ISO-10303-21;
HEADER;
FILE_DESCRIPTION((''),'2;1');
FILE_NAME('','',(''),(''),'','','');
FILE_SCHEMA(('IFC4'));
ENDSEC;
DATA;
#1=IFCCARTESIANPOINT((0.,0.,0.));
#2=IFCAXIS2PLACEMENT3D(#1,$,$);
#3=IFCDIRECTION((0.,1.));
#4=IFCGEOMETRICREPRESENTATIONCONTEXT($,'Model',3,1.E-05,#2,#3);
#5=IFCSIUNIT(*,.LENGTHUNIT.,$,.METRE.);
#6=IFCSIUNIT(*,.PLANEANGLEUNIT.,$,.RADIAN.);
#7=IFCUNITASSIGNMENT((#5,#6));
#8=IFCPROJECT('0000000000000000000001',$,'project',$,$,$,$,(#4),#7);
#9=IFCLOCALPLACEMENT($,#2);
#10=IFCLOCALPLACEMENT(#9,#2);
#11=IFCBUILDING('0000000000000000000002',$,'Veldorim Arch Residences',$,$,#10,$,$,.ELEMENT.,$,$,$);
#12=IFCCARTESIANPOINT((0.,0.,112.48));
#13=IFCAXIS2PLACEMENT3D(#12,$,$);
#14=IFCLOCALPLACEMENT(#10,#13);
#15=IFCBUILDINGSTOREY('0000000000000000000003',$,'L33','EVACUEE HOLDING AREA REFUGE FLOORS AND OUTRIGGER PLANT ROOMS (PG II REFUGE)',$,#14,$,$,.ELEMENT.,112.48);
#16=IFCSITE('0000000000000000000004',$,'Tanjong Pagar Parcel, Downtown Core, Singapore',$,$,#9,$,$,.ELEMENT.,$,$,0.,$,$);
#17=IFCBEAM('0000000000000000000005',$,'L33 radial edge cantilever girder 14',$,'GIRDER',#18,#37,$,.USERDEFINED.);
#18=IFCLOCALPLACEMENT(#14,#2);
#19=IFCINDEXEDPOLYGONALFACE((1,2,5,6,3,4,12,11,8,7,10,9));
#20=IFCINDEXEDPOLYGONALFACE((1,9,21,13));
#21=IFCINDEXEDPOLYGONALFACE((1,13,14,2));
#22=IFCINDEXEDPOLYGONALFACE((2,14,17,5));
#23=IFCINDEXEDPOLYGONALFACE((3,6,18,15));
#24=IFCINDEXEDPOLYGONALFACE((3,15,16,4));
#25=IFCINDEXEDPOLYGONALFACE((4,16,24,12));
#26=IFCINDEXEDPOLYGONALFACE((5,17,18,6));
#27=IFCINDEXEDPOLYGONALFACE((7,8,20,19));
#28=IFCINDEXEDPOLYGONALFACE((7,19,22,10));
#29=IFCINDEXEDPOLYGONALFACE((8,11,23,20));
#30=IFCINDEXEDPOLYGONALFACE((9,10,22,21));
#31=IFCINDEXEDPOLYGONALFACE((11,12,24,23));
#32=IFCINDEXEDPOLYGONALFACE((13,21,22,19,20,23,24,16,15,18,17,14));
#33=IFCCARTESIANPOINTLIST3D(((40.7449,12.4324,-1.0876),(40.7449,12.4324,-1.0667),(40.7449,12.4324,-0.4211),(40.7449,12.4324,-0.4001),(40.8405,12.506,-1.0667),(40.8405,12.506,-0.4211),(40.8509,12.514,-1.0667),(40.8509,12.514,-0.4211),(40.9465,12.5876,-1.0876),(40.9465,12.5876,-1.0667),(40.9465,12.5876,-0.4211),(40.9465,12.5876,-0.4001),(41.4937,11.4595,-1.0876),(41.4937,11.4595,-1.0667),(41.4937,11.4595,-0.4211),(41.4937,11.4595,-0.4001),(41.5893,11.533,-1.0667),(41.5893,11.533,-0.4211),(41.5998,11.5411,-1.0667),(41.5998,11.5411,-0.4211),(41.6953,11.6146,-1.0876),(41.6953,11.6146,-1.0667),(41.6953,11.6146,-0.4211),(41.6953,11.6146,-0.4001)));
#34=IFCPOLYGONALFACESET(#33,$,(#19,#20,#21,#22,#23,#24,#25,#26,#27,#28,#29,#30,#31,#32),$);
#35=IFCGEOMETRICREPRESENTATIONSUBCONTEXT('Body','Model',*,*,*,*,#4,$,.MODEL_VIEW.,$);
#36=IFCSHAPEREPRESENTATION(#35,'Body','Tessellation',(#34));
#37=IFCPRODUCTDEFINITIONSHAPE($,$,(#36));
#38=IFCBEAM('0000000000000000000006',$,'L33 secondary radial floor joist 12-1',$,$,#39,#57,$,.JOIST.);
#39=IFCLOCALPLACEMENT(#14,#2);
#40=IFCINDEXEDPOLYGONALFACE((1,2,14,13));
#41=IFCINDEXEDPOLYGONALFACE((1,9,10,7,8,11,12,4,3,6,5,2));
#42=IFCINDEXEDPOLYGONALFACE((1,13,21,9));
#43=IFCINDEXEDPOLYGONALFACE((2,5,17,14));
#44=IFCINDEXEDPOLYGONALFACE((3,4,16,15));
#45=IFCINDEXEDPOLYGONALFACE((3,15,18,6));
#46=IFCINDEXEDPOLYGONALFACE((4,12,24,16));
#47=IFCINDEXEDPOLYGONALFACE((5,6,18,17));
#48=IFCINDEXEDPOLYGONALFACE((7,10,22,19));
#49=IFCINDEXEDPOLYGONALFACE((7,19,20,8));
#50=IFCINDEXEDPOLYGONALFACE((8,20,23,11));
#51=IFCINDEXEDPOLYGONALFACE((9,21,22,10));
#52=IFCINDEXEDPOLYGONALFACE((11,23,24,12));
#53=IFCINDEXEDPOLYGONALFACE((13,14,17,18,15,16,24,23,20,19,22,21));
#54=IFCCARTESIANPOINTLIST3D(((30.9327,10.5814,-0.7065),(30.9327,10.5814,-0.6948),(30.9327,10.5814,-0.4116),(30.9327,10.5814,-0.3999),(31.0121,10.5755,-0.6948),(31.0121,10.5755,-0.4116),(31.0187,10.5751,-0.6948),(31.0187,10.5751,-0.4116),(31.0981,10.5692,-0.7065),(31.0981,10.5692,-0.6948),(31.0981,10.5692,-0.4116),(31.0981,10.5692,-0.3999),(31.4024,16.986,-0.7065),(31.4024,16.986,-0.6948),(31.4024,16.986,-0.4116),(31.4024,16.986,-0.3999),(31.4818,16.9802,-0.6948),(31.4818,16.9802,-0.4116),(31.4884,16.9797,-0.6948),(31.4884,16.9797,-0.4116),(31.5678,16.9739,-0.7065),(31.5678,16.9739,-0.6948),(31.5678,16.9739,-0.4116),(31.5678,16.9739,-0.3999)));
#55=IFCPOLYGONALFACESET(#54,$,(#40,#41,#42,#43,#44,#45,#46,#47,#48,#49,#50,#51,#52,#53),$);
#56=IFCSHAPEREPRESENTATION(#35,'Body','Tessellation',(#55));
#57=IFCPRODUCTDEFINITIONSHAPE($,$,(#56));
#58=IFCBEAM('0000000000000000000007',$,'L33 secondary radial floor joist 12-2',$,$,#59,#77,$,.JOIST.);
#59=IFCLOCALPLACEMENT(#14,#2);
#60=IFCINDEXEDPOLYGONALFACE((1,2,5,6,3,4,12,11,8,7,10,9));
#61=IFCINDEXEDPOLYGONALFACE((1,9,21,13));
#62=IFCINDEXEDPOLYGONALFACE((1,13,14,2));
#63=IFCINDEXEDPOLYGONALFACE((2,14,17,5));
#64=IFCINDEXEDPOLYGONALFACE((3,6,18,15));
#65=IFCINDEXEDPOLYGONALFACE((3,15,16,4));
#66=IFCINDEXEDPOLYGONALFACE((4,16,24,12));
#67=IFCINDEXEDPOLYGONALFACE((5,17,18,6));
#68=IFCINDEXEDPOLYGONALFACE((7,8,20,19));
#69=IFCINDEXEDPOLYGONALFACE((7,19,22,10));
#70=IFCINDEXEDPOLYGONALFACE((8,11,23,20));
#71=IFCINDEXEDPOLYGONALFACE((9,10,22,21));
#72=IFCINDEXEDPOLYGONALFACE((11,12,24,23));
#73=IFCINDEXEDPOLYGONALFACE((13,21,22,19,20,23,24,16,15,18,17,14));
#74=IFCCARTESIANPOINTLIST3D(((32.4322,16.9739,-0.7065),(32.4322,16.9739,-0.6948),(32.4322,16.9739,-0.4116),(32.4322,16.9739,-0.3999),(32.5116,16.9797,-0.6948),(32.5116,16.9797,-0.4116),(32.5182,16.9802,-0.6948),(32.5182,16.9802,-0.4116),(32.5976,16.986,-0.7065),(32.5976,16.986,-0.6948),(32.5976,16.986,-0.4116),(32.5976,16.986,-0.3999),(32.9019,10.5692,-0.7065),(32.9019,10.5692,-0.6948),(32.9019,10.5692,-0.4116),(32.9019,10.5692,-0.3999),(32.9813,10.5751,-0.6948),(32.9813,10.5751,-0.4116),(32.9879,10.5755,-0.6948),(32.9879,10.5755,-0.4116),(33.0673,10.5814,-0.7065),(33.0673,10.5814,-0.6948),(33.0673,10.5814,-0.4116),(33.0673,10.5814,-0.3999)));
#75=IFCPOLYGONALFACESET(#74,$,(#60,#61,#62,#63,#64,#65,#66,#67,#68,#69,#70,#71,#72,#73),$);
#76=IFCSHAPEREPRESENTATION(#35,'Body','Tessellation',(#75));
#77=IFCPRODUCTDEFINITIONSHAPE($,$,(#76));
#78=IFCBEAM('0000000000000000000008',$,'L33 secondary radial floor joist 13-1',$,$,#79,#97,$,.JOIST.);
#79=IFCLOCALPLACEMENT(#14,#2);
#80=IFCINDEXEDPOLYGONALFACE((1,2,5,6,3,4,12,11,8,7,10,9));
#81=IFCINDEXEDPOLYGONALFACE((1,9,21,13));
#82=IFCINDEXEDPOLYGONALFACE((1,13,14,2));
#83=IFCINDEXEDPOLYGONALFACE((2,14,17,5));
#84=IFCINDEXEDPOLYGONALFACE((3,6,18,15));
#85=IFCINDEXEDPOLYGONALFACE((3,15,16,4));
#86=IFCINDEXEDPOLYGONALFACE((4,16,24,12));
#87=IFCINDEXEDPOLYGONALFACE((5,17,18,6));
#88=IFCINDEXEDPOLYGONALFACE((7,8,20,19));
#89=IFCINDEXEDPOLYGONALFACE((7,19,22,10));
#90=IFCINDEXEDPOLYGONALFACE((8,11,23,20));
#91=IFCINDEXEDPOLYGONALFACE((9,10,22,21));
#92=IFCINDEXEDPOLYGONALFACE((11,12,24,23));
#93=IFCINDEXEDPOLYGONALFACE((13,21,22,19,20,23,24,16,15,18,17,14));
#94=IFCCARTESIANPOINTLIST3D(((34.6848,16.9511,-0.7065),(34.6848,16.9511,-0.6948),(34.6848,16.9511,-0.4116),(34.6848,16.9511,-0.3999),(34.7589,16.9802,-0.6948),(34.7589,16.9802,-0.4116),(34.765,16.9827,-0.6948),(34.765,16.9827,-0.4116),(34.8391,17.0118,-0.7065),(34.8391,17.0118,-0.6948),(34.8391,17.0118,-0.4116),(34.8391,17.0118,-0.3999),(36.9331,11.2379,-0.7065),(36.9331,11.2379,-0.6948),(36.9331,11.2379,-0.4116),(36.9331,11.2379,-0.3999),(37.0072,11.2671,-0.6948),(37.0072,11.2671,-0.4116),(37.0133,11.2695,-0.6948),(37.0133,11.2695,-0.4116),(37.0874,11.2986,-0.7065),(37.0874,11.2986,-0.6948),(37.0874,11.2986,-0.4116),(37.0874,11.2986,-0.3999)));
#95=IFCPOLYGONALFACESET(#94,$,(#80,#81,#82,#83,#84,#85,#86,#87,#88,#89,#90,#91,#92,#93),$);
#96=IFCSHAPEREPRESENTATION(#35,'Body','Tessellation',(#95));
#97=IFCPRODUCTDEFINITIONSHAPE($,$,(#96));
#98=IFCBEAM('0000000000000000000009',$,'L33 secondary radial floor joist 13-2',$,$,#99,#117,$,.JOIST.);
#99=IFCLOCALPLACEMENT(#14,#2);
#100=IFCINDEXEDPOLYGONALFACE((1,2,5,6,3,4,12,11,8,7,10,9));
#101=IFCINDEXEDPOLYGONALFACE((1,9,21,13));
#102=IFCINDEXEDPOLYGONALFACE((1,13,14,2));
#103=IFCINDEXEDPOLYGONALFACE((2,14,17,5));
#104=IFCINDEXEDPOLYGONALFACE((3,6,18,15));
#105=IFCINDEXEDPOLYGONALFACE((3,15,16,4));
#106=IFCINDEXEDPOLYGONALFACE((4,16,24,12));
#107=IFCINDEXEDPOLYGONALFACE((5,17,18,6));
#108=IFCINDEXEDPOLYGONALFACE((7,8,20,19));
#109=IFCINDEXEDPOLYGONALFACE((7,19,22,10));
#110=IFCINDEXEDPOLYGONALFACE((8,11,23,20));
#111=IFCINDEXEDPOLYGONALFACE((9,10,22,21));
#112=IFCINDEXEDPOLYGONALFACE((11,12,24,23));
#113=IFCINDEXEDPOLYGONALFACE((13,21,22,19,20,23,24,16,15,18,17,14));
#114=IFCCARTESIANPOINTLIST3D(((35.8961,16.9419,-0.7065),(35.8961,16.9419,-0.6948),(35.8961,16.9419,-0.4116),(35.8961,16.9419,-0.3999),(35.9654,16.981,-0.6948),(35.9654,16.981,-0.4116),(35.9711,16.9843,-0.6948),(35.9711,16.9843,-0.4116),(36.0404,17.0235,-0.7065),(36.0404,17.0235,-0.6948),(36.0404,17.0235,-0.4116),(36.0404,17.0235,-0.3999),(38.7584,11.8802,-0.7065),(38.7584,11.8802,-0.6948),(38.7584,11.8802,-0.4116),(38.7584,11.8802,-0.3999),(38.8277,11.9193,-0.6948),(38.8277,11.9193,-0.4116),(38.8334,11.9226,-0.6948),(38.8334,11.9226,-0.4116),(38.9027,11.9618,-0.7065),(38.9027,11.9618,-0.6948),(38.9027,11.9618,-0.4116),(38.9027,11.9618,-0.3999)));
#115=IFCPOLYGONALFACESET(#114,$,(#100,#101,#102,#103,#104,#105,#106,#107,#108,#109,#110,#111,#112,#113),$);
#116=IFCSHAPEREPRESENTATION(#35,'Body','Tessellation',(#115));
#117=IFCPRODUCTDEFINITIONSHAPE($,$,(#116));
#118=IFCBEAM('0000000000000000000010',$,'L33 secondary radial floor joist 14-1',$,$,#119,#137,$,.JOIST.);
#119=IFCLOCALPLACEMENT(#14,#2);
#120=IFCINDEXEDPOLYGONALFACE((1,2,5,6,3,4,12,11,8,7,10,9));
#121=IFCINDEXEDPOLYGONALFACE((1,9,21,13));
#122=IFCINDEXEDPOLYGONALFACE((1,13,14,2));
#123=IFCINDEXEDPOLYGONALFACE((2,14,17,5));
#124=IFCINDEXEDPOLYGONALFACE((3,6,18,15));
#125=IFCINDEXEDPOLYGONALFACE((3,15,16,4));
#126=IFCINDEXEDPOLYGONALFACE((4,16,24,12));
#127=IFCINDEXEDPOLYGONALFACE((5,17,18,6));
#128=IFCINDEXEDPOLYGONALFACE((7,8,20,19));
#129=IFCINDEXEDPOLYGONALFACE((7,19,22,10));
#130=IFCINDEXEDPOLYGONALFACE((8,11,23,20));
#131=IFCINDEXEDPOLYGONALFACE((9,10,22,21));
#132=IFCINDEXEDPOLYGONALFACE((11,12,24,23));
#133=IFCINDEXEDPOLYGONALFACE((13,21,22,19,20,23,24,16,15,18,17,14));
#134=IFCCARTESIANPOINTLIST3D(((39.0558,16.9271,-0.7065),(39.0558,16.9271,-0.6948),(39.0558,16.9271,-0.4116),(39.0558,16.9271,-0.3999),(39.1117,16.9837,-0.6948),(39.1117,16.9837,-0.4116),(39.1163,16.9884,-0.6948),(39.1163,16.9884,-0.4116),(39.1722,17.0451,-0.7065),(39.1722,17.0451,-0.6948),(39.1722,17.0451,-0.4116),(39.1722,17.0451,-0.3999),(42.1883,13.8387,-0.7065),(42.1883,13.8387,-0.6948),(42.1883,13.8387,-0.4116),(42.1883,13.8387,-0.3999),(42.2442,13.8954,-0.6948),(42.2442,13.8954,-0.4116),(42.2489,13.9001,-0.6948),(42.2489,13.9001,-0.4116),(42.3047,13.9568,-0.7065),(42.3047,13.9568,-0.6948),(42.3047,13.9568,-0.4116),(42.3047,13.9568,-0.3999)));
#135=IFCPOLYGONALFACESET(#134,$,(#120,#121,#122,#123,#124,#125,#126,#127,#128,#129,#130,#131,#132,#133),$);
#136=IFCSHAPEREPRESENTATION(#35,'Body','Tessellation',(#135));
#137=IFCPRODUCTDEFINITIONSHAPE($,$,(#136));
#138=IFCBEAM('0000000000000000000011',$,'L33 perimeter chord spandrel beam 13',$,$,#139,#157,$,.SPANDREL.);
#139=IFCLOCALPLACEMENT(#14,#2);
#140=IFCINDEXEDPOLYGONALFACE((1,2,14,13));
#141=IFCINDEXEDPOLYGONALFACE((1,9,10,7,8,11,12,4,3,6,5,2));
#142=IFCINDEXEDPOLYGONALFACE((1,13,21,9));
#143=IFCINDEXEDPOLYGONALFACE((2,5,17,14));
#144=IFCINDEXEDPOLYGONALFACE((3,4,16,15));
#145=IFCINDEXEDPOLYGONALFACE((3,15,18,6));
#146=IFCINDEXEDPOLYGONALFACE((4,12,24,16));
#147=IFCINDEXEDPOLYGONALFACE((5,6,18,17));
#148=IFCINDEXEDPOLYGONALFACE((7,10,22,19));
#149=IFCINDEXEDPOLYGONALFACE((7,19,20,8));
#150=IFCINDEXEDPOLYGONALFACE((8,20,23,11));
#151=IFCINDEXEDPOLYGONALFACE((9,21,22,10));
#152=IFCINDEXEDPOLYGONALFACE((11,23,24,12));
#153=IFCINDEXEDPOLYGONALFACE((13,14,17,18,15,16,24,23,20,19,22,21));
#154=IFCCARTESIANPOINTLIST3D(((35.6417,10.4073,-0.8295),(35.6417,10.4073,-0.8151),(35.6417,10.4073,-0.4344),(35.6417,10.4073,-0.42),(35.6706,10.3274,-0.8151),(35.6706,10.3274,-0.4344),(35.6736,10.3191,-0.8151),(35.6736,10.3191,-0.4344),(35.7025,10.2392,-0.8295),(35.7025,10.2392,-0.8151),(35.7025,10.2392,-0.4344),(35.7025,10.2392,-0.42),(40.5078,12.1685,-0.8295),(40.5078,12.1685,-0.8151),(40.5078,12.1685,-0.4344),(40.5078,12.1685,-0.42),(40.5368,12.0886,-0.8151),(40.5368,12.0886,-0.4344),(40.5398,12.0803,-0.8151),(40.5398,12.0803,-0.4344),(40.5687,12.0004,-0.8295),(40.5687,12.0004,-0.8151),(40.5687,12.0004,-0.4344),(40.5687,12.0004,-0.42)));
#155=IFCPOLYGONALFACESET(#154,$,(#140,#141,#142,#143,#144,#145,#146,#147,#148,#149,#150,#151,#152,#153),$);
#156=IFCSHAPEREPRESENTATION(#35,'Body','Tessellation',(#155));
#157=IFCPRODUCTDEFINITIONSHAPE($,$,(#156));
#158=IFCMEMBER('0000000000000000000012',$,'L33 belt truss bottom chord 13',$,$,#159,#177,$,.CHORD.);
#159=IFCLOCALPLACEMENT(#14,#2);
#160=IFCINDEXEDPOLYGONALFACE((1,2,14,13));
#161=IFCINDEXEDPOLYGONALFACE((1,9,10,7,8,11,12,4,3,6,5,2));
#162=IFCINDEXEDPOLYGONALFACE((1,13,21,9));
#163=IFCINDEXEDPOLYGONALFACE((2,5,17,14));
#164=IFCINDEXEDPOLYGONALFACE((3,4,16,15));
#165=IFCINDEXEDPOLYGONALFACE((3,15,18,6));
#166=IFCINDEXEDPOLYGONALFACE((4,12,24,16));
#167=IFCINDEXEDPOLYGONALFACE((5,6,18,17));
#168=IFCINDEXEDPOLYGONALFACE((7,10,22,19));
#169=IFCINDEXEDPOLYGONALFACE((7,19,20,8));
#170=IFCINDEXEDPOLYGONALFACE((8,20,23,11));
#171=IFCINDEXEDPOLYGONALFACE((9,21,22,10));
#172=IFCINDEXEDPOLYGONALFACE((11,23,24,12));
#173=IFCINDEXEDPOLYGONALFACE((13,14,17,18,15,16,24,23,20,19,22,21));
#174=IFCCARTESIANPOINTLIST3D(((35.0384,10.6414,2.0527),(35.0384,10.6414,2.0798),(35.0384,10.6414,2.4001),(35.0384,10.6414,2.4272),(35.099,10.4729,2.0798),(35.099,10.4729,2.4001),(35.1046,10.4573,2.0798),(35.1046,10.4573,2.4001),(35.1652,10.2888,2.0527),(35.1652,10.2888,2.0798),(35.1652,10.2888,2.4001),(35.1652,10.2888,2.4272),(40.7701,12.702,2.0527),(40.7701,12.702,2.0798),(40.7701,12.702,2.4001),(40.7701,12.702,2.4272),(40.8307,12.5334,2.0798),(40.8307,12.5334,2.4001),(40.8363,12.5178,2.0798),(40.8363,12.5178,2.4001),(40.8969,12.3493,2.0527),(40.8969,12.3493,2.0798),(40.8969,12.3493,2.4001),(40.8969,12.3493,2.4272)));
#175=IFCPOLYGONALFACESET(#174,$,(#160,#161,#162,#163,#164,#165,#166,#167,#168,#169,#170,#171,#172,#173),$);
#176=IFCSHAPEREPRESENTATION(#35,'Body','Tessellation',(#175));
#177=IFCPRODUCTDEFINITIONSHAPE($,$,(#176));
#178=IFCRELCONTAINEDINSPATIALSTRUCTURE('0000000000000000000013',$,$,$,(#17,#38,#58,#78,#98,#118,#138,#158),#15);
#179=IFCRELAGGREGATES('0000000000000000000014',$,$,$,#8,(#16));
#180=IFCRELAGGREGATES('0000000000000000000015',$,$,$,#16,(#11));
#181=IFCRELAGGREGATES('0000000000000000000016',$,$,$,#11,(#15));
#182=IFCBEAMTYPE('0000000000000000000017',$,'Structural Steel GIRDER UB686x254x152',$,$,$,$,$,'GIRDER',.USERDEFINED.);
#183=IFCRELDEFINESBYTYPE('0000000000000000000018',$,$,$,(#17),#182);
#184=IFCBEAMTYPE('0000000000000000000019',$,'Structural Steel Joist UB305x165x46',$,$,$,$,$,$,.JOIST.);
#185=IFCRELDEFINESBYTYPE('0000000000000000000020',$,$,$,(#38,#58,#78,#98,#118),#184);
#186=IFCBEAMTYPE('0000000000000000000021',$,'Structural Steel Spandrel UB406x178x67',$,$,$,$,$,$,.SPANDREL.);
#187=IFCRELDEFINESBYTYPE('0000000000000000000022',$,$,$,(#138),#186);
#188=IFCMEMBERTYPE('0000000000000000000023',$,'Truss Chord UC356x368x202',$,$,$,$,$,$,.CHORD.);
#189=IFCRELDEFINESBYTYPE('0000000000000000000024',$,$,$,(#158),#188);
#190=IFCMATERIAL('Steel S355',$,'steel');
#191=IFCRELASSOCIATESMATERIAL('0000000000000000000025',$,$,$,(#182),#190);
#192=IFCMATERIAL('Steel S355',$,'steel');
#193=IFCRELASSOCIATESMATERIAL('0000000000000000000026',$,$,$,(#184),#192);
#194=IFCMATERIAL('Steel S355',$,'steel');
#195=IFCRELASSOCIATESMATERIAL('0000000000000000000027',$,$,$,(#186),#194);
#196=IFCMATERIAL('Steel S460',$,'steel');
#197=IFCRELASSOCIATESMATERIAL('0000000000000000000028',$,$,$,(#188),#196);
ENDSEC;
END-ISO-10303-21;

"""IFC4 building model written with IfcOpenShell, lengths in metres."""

from ifc_helpers import new_model, si_unit, direction, frame, origin, origin_2d, place, context, subcontext, project, spatial, i_section, extrude, material, material_profile, profile_set, type_object, element, save


model = new_model("IFC4")

# Units and contexts
model_context = context("Model", 3, precision=1e-05, world=origin(), true_north=direction((0.0, 1.0)))
body_context = subcontext(model_context, "Body", "Model", "MODEL_VIEW")
ifc_project = project(units=[si_unit("LENGTHUNIT", "METRE"), si_unit("PLANEANGLEUNIT", "RADIAN")], contexts=[model_context])

# Site, building, storey
site_placement = place(None, origin())
site = spatial("IfcSite", under=ifc_project, at=site_placement, Name="Tanjong Pagar Parcel, Downtown Core, Singapore", CompositionType="ELEMENT", RefElevation=0.0)
building_placement = place(site_placement, origin())
building = spatial("IfcBuilding", under=site, at=building_placement, Name="Veldorim Arch Residences", CompositionType="ELEMENT")
storey_placement = place(building_placement, frame((0.0, 0.0, 112.48)))
storey = spatial("IfcBuildingStorey", under=building, at=storey_placement, Name="L33", Description="EVACUEE HOLDING AREA REFUGE FLOORS AND OUTRIGGER PLANT ROOMS (PG II REFUGE)", CompositionType="ELEMENT", Elevation=112.48)

# Beams
ifc_material_1 = material(Name="Steel S355", Category="steel")
ifc_material_profile_1 = material_profile(ifc_material_1, i_section(OverallWidth=0.2544, OverallDepth=0.6875, WebThickness=0.0132, FlangeThickness=0.021, at=origin_2d()), Name="UB686x254x152")
ifc_profile_set_1 = profile_set([ifc_material_profile_1], Name="Steel S355")
beam_type_1 = type_object("IfcBeamType", Name="Structural Steel GIRDER UB686x254x152", ElementType="GIRDER", PredefinedType="USERDEFINED", material=ifc_profile_set_1)
beam_1_placement = place(storey_placement, frame((40.8457, 12.51, -0.7439), z_axis=(0.609913, -0.792469, 0.0), x_axis=(0.792469, 0.609913, 0.0)))
element("IfcBeam", 1, at=beam_1_placement, inside=storey, type_object=beam_type_1, Name="L33 radial edge cantilever girder 14", ObjectType="GIRDER", PredefinedType="USERDEFINED", context=body_context, shape_type="SweptSolid", body=[
    extrude(i_section(OverallWidth=0.2544, OverallDepth=0.6875, WebThickness=0.0132, FlangeThickness=0.021, at=origin_2d()), origin(), (0.0, 0.0, 1.0), 1.2278),
])
ifc_material_2 = material(Name="Steel S355", Category="steel")
ifc_material_profile_2 = material_profile(ifc_material_2, i_section(OverallWidth=0.1658, OverallDepth=0.3066, WebThickness=0.0066, FlangeThickness=0.0117, at=origin_2d()), Name="UB305x165x46")
ifc_profile_set_2 = profile_set([ifc_material_profile_2], Name="Steel S355")
beam_type_2 = type_object("IfcBeamType", Name="Structural Steel Joist UB305x165x46", PredefinedType="JOIST", material=ifc_profile_set_2)
for number, where, z_axis, x_axis, name in (
    (2, (31.4851, 16.98, -0.5532), (-0.073143, -0.997321, 0.0), (0.997321, -0.073143, 0.0), "L33 secondary radial floor joist 12-1"),
    (3, (32.5149, 16.98, -0.5532), (0.073143, -0.997321, 0.0), (0.997321, 0.073143, 0.0), "L33 secondary radial floor joist 12-2"),
):
    element("IfcBeam", number, at=place(storey_placement, frame(where, z_axis=z_axis, x_axis=x_axis)), inside=storey, type_object=beam_type_2, Name=name, PredefinedType="JOIST", context=body_context, shape_type="SweptSolid", body=[
        extrude(i_section(OverallWidth=0.1658, OverallDepth=0.3066, WebThickness=0.0066, FlangeThickness=0.0117, at=origin_2d()), origin(), (0.0, 0.0, 1.0), 6.4219),
    ])
beam_2_placement = place(storey_placement, frame((34.762, 16.9814, -0.5532), z_axis=(0.366195, -0.930538, 0.0), x_axis=(0.930538, 0.366195, 0.0)))
element("IfcBeam", 4, at=beam_2_placement, inside=storey, type_object=beam_type_2, Name="L33 secondary radial floor joist 13-1", PredefinedType="JOIST", context=body_context, shape_type="SweptSolid", body=[
    extrude(i_section(OverallWidth=0.1658, OverallDepth=0.3066, WebThickness=0.0066, FlangeThickness=0.0117, at=origin_2d()), origin(), (0.0, 0.0, 1.0), 6.1396),
])
beam_3_placement = place(storey_placement, frame((35.9683, 16.9827, -0.5532), z_axis=(0.492227, -0.870467, 0.0), x_axis=(0.870467, 0.492227, 0.0)))
element("IfcBeam", 5, at=beam_3_placement, inside=storey, type_object=beam_type_2, Name="L33 secondary radial floor joist 13-2", PredefinedType="JOIST", context=body_context, shape_type="SweptSolid", body=[
    extrude(i_section(OverallWidth=0.1658, OverallDepth=0.3066, WebThickness=0.0066, FlangeThickness=0.0117, at=origin_2d()), origin(), (0.0, 0.0, 1.0), 5.8149),
])
beam_4_placement = place(storey_placement, frame((39.114, 16.9861, -0.5532), z_axis=(0.712112, -0.702066, 0.0), x_axis=(0.702066, 0.712112, 0.0)))
element("IfcBeam", 6, at=beam_4_placement, inside=storey, type_object=beam_type_2, Name="L33 secondary radial floor joist 14-1", PredefinedType="JOIST", context=body_context, shape_type="SweptSolid", body=[
    extrude(i_section(OverallWidth=0.1658, OverallDepth=0.3066, WebThickness=0.0066, FlangeThickness=0.0117, at=origin_2d()), origin(), (0.0, 0.0, 1.0), 4.3989),
])
ifc_material_3 = material(Name="Steel S355", Category="steel")
ifc_material_profile_3 = material_profile(ifc_material_3, i_section(OverallWidth=0.1787, OverallDepth=0.4094, WebThickness=0.0088, FlangeThickness=0.0144, at=origin_2d()), Name="UB406x178x67")
ifc_profile_set_3 = profile_set([ifc_material_profile_3], Name="Steel S355")
beam_type_3 = type_object("IfcBeamType", Name="Structural Steel Spandrel UB406x178x67", PredefinedType="SPANDREL", material=ifc_profile_set_3)
beam_5_placement = place(storey_placement, frame((35.6721, 10.3232, -0.6248), z_axis=(0.940308, 0.340326, 0.0), x_axis=(-0.340326, 0.940308, 0.0)))
element("IfcBeam", 7, at=beam_5_placement, inside=storey, type_object=beam_type_3, Name="L33 perimeter chord spandrel beam 13", PredefinedType="SPANDREL", context=body_context, shape_type="SweptSolid", body=[
    extrude(i_section(OverallWidth=0.1787, OverallDepth=0.4094, WebThickness=0.0088, FlangeThickness=0.0144, at=origin_2d()), origin(), (0.0, 0.0, 1.0), 5.175),
])

# Member
ifc_material_4 = material(Name="Steel S460", Category="steel")
ifc_material_profile_4 = material_profile(ifc_material_4, i_section(OverallWidth=0.3748, OverallDepth=0.3745, WebThickness=0.0166, FlangeThickness=0.0271, at=origin_2d()), Name="UC356x368x202")
ifc_profile_set_4 = profile_set([ifc_material_profile_4], Name="Steel S460")
member_type = type_object("IfcMemberType", Name="Truss Chord UC356x368x202", PredefinedType="CHORD", material=ifc_profile_set_4)
for number, where, z_axis, x_axis, name in (
    (8, (35.1018, 10.4651, 2.24), (0.941037, 0.338304, 0.0), (-0.338304, 0.941037, 0.0), "L33 belt truss bottom chord 13"),
):
    element("IfcMember", number, at=place(storey_placement, frame(where, z_axis=z_axis, x_axis=x_axis)), inside=storey, type_object=member_type, Name=name, PredefinedType="CHORD", context=body_context, shape_type="SweptSolid", body=[
        extrude(i_section(OverallWidth=0.3748, OverallDepth=0.3745, WebThickness=0.0166, FlangeThickness=0.0271, at=origin_2d()), origin(), (0.0, 0.0, 1.0), 6.0908),
    ])

save(model, "model.ifc")
